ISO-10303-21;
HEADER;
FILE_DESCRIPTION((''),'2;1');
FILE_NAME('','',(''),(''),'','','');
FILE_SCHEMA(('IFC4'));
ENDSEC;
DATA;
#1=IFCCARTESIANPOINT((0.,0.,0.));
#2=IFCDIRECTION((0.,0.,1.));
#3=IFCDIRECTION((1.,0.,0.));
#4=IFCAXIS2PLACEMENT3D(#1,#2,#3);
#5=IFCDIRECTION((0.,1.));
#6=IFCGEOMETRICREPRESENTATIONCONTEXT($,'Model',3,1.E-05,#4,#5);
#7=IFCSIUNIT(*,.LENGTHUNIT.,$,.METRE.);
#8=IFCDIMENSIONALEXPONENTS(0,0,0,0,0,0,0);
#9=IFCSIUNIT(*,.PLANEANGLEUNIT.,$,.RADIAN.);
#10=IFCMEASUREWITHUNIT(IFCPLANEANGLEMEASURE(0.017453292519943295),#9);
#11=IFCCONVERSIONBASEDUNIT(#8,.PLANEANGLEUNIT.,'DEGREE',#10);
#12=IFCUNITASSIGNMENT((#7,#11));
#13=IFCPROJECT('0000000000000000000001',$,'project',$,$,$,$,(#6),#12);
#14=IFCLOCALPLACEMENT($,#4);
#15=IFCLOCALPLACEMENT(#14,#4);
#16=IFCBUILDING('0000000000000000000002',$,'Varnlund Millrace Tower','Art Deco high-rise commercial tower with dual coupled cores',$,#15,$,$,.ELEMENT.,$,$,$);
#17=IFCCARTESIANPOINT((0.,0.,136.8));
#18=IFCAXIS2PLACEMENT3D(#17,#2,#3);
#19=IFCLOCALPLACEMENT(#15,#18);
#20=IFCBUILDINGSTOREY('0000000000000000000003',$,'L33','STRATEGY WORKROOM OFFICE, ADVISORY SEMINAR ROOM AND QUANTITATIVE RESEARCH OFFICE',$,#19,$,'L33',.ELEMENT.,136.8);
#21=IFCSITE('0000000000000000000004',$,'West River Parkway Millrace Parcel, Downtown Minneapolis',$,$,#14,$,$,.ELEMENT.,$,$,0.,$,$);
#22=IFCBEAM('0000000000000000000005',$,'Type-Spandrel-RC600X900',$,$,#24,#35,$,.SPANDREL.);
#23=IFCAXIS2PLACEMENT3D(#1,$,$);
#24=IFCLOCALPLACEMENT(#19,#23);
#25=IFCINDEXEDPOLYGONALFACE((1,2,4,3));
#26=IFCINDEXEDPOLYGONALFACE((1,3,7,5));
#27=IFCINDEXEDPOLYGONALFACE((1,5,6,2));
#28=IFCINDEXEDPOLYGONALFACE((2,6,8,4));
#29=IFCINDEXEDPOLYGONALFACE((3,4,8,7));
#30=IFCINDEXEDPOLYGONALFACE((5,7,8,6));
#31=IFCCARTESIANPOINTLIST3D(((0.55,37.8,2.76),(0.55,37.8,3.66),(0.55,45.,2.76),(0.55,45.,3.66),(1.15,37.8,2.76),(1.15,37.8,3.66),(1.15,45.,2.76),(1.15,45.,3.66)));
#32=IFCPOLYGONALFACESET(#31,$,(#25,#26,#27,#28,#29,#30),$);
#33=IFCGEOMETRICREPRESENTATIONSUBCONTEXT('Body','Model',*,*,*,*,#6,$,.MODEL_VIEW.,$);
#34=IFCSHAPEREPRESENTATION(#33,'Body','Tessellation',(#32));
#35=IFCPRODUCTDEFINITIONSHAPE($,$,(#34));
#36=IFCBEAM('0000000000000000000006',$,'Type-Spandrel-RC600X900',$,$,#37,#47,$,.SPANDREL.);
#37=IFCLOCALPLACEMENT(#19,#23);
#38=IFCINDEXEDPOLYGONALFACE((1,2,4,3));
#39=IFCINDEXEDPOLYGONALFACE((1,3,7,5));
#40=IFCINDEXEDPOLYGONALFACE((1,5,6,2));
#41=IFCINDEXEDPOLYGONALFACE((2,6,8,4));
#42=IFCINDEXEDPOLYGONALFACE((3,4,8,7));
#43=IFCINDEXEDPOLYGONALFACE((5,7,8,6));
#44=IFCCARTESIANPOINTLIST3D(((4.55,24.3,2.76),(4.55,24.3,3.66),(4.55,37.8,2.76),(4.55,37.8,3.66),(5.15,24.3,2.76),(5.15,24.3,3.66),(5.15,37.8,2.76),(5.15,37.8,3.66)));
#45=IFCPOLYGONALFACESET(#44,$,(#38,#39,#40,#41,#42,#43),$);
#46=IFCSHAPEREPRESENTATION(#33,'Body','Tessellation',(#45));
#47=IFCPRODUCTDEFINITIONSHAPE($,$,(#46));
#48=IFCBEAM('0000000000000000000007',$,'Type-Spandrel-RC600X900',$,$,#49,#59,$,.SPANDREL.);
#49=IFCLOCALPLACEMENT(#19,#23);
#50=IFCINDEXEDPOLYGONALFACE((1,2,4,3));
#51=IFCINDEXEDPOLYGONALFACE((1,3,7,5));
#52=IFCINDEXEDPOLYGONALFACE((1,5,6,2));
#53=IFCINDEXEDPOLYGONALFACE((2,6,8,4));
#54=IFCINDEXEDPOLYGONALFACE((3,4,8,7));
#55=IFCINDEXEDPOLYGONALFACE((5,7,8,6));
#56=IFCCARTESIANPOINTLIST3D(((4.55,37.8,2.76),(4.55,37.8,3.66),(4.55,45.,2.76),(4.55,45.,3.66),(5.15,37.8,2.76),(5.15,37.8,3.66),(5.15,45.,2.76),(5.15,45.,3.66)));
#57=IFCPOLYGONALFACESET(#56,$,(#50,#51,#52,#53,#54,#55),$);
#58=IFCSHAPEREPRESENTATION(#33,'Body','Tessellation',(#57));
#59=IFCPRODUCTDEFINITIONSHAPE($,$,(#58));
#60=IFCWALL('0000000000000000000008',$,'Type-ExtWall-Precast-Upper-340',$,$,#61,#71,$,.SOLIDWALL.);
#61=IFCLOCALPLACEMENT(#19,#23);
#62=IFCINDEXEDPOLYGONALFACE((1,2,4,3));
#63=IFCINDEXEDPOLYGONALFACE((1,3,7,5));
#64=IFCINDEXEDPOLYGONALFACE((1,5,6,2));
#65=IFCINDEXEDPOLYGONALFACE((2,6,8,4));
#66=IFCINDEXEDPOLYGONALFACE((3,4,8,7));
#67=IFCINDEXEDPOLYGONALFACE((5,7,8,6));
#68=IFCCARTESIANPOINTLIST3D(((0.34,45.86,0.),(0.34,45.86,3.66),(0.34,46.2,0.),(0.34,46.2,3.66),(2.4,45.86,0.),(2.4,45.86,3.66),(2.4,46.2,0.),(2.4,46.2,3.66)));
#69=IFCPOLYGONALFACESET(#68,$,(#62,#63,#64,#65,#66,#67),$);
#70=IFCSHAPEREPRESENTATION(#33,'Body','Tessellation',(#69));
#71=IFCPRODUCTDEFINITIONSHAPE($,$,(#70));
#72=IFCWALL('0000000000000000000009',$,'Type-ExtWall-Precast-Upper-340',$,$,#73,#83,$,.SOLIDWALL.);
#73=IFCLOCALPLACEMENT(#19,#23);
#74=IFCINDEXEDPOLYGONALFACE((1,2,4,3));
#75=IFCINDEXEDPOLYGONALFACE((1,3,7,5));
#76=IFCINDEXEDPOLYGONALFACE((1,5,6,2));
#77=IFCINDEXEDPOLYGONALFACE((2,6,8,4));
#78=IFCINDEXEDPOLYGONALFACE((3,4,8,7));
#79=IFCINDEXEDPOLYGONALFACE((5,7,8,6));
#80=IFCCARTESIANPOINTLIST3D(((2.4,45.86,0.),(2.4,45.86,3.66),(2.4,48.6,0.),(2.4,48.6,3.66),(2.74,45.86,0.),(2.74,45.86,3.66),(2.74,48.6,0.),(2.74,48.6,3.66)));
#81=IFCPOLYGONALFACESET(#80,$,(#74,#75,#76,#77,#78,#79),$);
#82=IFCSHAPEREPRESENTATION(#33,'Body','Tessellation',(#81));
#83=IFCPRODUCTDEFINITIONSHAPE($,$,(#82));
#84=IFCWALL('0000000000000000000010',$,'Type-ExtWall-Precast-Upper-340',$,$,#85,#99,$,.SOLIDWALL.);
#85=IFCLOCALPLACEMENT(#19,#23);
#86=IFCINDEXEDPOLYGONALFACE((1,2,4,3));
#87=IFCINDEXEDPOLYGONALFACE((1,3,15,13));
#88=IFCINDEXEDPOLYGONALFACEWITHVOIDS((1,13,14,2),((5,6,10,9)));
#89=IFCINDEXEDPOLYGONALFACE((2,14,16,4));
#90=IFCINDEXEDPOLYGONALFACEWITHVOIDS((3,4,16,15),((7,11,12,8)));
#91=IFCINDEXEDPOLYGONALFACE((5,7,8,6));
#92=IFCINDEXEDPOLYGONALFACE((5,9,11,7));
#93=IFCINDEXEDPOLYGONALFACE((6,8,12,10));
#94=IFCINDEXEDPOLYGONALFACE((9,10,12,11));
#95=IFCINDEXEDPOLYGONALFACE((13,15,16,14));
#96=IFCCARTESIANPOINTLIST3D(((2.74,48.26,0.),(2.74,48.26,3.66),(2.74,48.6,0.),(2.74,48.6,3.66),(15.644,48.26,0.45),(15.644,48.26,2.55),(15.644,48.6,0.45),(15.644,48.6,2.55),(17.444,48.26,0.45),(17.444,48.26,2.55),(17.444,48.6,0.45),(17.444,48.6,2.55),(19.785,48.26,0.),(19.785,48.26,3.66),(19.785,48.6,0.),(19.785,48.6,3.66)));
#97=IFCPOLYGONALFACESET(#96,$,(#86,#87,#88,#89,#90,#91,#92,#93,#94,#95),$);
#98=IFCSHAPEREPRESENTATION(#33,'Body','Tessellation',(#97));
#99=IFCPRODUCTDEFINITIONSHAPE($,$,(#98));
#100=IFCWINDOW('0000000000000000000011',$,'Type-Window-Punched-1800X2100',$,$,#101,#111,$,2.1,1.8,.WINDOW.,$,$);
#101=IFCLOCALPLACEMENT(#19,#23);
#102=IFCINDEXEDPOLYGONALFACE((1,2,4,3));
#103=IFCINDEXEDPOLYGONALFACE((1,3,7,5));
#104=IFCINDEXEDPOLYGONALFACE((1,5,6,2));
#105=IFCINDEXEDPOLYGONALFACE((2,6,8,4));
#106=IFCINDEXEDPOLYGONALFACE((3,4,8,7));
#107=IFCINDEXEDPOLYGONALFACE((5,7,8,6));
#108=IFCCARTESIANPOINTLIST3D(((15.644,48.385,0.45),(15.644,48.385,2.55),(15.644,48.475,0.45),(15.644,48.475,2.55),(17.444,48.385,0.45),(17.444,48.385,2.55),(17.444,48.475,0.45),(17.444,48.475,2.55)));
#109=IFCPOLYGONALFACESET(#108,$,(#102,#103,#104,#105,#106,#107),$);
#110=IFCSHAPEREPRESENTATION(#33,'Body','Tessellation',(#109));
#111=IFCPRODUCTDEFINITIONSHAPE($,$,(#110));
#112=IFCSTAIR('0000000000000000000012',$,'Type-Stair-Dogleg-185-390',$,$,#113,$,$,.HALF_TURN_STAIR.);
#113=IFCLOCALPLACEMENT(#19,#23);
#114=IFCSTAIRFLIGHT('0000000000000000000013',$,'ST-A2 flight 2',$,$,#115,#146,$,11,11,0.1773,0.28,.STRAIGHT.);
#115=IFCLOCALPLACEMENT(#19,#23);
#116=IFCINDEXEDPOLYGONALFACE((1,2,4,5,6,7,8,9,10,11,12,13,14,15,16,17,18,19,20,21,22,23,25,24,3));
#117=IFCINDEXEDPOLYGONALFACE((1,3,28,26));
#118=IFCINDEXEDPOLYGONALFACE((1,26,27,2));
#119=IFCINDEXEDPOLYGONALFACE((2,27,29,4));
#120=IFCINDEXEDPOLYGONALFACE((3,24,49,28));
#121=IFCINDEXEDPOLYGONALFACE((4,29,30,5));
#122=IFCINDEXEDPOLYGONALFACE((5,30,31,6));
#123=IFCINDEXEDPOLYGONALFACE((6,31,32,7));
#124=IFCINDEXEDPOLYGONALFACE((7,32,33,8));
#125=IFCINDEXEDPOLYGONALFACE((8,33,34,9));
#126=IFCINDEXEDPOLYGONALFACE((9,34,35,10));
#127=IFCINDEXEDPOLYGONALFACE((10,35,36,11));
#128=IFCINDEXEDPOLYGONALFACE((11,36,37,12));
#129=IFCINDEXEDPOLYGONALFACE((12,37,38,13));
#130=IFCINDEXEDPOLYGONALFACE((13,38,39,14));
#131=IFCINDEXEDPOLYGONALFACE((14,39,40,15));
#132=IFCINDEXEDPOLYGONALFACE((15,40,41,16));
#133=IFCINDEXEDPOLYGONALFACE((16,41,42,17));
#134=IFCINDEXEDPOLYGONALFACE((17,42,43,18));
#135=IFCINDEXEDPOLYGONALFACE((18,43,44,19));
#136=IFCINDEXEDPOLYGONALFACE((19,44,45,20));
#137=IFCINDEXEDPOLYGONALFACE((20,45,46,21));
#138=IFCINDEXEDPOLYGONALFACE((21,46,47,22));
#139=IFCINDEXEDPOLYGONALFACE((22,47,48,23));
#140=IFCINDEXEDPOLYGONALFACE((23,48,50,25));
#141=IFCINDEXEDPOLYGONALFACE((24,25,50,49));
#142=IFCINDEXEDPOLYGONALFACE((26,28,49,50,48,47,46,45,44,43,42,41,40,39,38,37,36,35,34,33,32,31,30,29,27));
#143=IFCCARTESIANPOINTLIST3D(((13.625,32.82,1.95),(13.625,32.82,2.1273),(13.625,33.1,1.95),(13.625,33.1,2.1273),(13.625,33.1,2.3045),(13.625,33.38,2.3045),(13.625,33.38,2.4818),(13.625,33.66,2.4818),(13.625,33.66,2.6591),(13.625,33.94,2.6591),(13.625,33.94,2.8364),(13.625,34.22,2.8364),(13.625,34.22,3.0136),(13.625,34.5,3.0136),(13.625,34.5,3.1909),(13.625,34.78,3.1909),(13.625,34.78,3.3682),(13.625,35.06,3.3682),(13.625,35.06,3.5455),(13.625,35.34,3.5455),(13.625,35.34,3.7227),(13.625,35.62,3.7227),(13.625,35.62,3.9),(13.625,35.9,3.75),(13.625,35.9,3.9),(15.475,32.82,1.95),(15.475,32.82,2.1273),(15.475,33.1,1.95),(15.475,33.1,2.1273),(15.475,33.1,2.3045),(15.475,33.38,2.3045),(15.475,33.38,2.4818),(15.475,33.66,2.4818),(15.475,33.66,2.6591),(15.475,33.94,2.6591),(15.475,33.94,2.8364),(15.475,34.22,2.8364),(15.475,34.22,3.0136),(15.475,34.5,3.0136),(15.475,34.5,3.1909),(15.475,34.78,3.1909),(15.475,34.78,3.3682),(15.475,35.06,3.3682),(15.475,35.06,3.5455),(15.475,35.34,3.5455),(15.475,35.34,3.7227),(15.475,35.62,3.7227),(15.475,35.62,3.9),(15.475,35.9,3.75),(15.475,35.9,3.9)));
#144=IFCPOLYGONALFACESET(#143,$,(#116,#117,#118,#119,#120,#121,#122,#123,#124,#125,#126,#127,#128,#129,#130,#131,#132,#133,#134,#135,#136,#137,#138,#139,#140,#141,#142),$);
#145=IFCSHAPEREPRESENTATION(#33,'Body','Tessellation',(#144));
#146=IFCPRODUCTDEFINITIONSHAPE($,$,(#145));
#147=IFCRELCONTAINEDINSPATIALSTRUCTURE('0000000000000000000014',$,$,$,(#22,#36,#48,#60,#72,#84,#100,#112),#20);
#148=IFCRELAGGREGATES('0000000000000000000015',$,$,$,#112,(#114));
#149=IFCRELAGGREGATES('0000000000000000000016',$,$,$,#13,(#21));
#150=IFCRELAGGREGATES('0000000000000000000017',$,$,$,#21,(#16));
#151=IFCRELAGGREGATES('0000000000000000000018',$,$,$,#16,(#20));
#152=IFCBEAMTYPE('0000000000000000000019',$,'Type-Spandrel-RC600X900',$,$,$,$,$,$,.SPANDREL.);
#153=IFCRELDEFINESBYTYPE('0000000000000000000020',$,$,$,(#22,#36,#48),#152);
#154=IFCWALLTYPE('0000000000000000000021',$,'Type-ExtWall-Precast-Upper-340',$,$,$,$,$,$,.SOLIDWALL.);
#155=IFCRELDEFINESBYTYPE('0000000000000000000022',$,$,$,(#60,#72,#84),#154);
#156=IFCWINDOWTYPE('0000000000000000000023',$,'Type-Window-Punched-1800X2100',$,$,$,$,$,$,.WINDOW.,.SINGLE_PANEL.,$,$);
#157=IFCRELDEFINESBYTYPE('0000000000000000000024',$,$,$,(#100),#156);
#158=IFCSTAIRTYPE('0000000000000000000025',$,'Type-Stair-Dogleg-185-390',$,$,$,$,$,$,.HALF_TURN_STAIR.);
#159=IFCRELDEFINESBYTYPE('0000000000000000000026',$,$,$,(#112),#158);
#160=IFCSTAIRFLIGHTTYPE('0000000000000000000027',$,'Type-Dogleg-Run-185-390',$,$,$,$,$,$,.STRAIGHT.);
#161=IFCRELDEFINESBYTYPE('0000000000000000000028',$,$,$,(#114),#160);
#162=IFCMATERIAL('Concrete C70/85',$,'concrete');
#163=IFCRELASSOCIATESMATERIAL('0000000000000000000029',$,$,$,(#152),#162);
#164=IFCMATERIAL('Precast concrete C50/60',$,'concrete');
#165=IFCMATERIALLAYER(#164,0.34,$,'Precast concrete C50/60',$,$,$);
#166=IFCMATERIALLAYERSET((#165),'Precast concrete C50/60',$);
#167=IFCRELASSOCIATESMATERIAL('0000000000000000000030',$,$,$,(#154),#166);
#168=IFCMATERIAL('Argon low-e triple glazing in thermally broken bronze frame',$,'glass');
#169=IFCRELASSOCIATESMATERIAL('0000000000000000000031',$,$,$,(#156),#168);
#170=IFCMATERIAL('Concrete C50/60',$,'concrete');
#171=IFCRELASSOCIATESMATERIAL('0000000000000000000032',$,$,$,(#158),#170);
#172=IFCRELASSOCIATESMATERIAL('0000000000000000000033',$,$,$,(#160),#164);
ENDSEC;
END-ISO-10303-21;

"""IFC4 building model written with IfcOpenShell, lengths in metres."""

from ifc_helpers import new_model, entity, si_unit, converted_unit, direction, frame, origin_with_axes, origin_2d_with_axis, place, context, subcontext, project, spatial, polyline, rectangle, outline, extrude, material, layer, layer_set, material_profile, profile_set, type_object, element, fill, aggregate, save


model = new_model("IFC4")

# Units and contexts
model_context = context("Model", 3, precision=1e-05, world=origin_with_axes(), true_north=direction((0.0, 1.0)))
body_context = subcontext(model_context, "Body", "Model", "MODEL_VIEW")
ifc_project = project(units=[si_unit("LENGTHUNIT", "METRE"), converted_unit("PLANEANGLEUNIT", "DEGREE", entity("IfcPlaneAngleMeasure", 0.017453292519943295), si_unit("PLANEANGLEUNIT", "RADIAN"), dimensions=[0, 0, 0, 0, 0, 0, 0])], contexts=[model_context])

# Site, building, storey
site_placement = place(None, origin_with_axes())
site = spatial("IfcSite", under=ifc_project, at=site_placement, Name="West River Parkway Millrace Parcel, Downtown Minneapolis", CompositionType="ELEMENT", RefElevation=0.0)
building_placement = place(site_placement, origin_with_axes())
building = spatial("IfcBuilding", under=site, at=building_placement, Name="Varnlund Millrace Tower", Description="Art Deco high-rise commercial tower with dual coupled cores", CompositionType="ELEMENT")
storey_placement = place(building_placement, frame((0.0, 0.0, 136.8), z_axis=(0.0, 0.0, 1.0), x_axis=(1.0, 0.0, 0.0)))
storey = spatial("IfcBuildingStorey", under=building, at=storey_placement, Name="L33", Description="STRATEGY WORKROOM OFFICE, ADVISORY SEMINAR ROOM AND QUANTITATIVE RESEARCH OFFICE", LongName="L33", CompositionType="ELEMENT", Elevation=136.8)

# Beams
ifc_material_1 = material(Name="Concrete C70/85", Category="concrete")
ifc_material_profile_1 = material_profile(ifc_material_1, rectangle(XDim=0.6, YDim=0.9, at=origin_2d_with_axis()), Name="Concrete C70/85")
ifc_profile_set_1 = profile_set([ifc_material_profile_1], Name="Concrete C70/85")
beam_type_1 = type_object("IfcBeamType", Name="Type-Spandrel-RC600X900", PredefinedType="SPANDREL", material=ifc_profile_set_1)
beam_1_placement = place(storey_placement, frame((0.85, 37.8, 3.21), z_axis=(0.0, 1.0, 0.0), x_axis=(-1.0, 0.0, 0.0)))
element("IfcBeam", 1, at=beam_1_placement, inside=storey, type_object=beam_type_1, Name="Type-Spandrel-RC600X900", PredefinedType="SPANDREL", context=body_context, shape_type="SweptSolid", body=[
    extrude(rectangle(XDim=0.6, YDim=0.9, at=origin_2d_with_axis()), origin_with_axes(), (0.0, 0.0, 1.0), 7.2),
])
beam_2_placement = place(storey_placement, frame((4.85, 24.3, 3.21), z_axis=(0.0, 1.0, 0.0), x_axis=(-1.0, 0.0, 0.0)))
element("IfcBeam", 2, at=beam_2_placement, inside=storey, type_object=beam_type_1, Name="Type-Spandrel-RC600X900", PredefinedType="SPANDREL", context=body_context, shape_type="SweptSolid", body=[
    extrude(rectangle(XDim=0.6, YDim=0.9, at=origin_2d_with_axis()), origin_with_axes(), (0.0, 0.0, 1.0), 13.5),
])
beam_3_placement = place(storey_placement, frame((4.85, 37.8, 3.21), z_axis=(0.0, 1.0, 0.0), x_axis=(-1.0, 0.0, 0.0)))
element("IfcBeam", 3, at=beam_3_placement, inside=storey, type_object=beam_type_1, Name="Type-Spandrel-RC600X900", PredefinedType="SPANDREL", context=body_context, shape_type="SweptSolid", body=[
    extrude(rectangle(XDim=0.6, YDim=0.9, at=origin_2d_with_axis()), origin_with_axes(), (0.0, 0.0, 1.0), 7.2),
])

# Walls
ifc_material_2 = material(Name="Precast concrete C50/60", Category="concrete")
ifc_layer = layer(ifc_material_2, 0.34, Name="Precast concrete C50/60")
ifc_layer_set = layer_set([ifc_layer], Name="Precast concrete C50/60")
wall_type = type_object("IfcWallType", Name="Type-ExtWall-Precast-Upper-340", PredefinedType="SOLIDWALL", material=ifc_layer_set)
wall_1_placement = place(storey_placement, frame((0.34, 46.03, 0.0), z_axis=(0.0, 0.0, 1.0), x_axis=(1.0, 0.0, 0.0)))
element("IfcWall", 4, at=wall_1_placement, inside=storey, type_object=wall_type, Name="Type-ExtWall-Precast-Upper-340", PredefinedType="SOLIDWALL", context=body_context, shape_type="SweptSolid", body=[
    extrude(outline(polyline([(0.0, -0.17), (2.06, -0.17), (2.06, 0.17), (0.0, 0.17), (0.0, -0.17)])), origin_with_axes(), (0.0, 0.0, 1.0), 3.66),
])
wall_2_placement = place(storey_placement, frame((2.57, 45.86, 0.0), z_axis=(0.0, 0.0, 1.0), x_axis=(0.0, 1.0, 0.0)))
element("IfcWall", 5, at=wall_2_placement, inside=storey, type_object=wall_type, Name="Type-ExtWall-Precast-Upper-340", PredefinedType="SOLIDWALL", context=body_context, shape_type="SweptSolid", body=[
    extrude(outline(polyline([(0.0, -0.17), (2.74, -0.17), (2.74, 0.17), (0.0, 0.17), (0.0, -0.17)])), origin_with_axes(), (0.0, 0.0, 1.0), 3.66),
])

# Wall, opening, window
wall_3_placement = place(storey_placement, frame((2.74, 48.43, 0.0), z_axis=(0.0, 0.0, 1.0), x_axis=(1.0, 0.0, 0.0)))
wall_3 = element("IfcWall", 6, at=wall_3_placement, inside=storey, type_object=wall_type, Name="Type-ExtWall-Precast-Upper-340", PredefinedType="SOLIDWALL", context=body_context, shape_type="SweptSolid", body=[
    extrude(outline(polyline([(0.0, -0.17), (17.045, -0.17), (17.045, 0.17), (0.0, 0.17), (0.0, -0.17)])), origin_with_axes(), (0.0, 0.0, 1.0), 3.66),
])
opening_placement = place(wall_3_placement, frame((13.804, 0.0, 0.45), z_axis=(0.0, 0.0, 1.0), x_axis=(1.0, 0.0, 0.0)))
opening = element("IfcOpeningElement", 7, at=opening_placement, cuts=wall_3, PredefinedType="OPENING", context=body_context, shape_type="SweptSolid", body=[
    extrude(rectangle(XDim=1.8, YDim=0.36, at=origin_2d_with_axis()), origin_with_axes(), (0.0, 0.0, 1.0), 2.1),
])
ifc_material_3 = material(Name="Argon low-e triple glazing in thermally broken bronze frame", Category="glass")
window_type = type_object("IfcWindowType", Name="Type-Window-Punched-1800X2100", PartitioningType="SINGLE_PANEL", PredefinedType="WINDOW", material=ifc_material_3)
window_placement = place(wall_3_placement, frame((13.804, 0.0, 0.45), z_axis=(0.0, 0.0, 1.0), x_axis=(1.0, 0.0, 0.0)))
window = element("IfcWindow", 8, at=window_placement, inside=storey, type_object=window_type, Name="Type-Window-Punched-1800X2100", OverallHeight=2.1, OverallWidth=1.8, PredefinedType="WINDOW", context=body_context, shape_type="SweptSolid", body=[
    extrude(rectangle(XDim=1.8, YDim=0.09, at=origin_2d_with_axis()), origin_with_axes(), (0.0, 0.0, 1.0), 2.1),
])
fill(opening, window)

# Stair, stair flight
ifc_material_4 = material(Name="Concrete C50/60", Category="concrete")
stair_type = type_object("IfcStairType", Name="Type-Stair-Dogleg-185-390", PredefinedType="HALF_TURN_STAIR", material=ifc_material_4)
stair_placement = place(storey_placement, origin_with_axes())
stair = element("IfcStair", 9, at=stair_placement, inside=storey, type_object=stair_type, Name="Type-Stair-Dogleg-185-390", PredefinedType="HALF_TURN_STAIR")
stair_flight_type = type_object("IfcStairFlightType", Name="Type-Dogleg-Run-185-390", PredefinedType="STRAIGHT", material=ifc_material_2)
stair_flight_placement = place(storey_placement, frame((13.625, 32.82, 1.95), z_axis=(1.0, 0.0, 0.0), x_axis=(0.0, 1.0, 0.0)))
stair_flight = element("IfcStairFlight", 10, at=stair_flight_placement, type_object=stair_flight_type, Name="ST-A2 flight 2", NumberOfRisers=11, NumberOfTreads=11, PredefinedType="STRAIGHT", RiserHeight=0.1773, TreadLength=0.28, context=body_context, shape_type="SweptSolid", body=[
    extrude(outline(polyline([(0.0, 0.0), (0.0, 0.1773), (0.28, 0.1773), (0.28, 0.3545), (0.56, 0.3545), (0.56, 0.5318), (0.84, 0.5318), (0.84, 0.7091), (1.12, 0.7091), (1.12, 0.8864), (1.4, 0.8864), (1.4, 1.0636), (1.68, 1.0636), (1.68, 1.2409), (1.96, 1.2409), (1.96, 1.4182), (2.24, 1.4182), (2.24, 1.5955), (2.52, 1.5955), (2.52, 1.7727), (2.8, 1.7727), (2.8, 1.95), (3.08, 1.95), (3.08, 1.8), (0.28, 0.0), (0.0, 0.0)])), origin_with_axes(), (0.0, 0.0, 1.0), 1.85),
])
aggregate(stair, [stair_flight])

save(model, "model.ifc")
